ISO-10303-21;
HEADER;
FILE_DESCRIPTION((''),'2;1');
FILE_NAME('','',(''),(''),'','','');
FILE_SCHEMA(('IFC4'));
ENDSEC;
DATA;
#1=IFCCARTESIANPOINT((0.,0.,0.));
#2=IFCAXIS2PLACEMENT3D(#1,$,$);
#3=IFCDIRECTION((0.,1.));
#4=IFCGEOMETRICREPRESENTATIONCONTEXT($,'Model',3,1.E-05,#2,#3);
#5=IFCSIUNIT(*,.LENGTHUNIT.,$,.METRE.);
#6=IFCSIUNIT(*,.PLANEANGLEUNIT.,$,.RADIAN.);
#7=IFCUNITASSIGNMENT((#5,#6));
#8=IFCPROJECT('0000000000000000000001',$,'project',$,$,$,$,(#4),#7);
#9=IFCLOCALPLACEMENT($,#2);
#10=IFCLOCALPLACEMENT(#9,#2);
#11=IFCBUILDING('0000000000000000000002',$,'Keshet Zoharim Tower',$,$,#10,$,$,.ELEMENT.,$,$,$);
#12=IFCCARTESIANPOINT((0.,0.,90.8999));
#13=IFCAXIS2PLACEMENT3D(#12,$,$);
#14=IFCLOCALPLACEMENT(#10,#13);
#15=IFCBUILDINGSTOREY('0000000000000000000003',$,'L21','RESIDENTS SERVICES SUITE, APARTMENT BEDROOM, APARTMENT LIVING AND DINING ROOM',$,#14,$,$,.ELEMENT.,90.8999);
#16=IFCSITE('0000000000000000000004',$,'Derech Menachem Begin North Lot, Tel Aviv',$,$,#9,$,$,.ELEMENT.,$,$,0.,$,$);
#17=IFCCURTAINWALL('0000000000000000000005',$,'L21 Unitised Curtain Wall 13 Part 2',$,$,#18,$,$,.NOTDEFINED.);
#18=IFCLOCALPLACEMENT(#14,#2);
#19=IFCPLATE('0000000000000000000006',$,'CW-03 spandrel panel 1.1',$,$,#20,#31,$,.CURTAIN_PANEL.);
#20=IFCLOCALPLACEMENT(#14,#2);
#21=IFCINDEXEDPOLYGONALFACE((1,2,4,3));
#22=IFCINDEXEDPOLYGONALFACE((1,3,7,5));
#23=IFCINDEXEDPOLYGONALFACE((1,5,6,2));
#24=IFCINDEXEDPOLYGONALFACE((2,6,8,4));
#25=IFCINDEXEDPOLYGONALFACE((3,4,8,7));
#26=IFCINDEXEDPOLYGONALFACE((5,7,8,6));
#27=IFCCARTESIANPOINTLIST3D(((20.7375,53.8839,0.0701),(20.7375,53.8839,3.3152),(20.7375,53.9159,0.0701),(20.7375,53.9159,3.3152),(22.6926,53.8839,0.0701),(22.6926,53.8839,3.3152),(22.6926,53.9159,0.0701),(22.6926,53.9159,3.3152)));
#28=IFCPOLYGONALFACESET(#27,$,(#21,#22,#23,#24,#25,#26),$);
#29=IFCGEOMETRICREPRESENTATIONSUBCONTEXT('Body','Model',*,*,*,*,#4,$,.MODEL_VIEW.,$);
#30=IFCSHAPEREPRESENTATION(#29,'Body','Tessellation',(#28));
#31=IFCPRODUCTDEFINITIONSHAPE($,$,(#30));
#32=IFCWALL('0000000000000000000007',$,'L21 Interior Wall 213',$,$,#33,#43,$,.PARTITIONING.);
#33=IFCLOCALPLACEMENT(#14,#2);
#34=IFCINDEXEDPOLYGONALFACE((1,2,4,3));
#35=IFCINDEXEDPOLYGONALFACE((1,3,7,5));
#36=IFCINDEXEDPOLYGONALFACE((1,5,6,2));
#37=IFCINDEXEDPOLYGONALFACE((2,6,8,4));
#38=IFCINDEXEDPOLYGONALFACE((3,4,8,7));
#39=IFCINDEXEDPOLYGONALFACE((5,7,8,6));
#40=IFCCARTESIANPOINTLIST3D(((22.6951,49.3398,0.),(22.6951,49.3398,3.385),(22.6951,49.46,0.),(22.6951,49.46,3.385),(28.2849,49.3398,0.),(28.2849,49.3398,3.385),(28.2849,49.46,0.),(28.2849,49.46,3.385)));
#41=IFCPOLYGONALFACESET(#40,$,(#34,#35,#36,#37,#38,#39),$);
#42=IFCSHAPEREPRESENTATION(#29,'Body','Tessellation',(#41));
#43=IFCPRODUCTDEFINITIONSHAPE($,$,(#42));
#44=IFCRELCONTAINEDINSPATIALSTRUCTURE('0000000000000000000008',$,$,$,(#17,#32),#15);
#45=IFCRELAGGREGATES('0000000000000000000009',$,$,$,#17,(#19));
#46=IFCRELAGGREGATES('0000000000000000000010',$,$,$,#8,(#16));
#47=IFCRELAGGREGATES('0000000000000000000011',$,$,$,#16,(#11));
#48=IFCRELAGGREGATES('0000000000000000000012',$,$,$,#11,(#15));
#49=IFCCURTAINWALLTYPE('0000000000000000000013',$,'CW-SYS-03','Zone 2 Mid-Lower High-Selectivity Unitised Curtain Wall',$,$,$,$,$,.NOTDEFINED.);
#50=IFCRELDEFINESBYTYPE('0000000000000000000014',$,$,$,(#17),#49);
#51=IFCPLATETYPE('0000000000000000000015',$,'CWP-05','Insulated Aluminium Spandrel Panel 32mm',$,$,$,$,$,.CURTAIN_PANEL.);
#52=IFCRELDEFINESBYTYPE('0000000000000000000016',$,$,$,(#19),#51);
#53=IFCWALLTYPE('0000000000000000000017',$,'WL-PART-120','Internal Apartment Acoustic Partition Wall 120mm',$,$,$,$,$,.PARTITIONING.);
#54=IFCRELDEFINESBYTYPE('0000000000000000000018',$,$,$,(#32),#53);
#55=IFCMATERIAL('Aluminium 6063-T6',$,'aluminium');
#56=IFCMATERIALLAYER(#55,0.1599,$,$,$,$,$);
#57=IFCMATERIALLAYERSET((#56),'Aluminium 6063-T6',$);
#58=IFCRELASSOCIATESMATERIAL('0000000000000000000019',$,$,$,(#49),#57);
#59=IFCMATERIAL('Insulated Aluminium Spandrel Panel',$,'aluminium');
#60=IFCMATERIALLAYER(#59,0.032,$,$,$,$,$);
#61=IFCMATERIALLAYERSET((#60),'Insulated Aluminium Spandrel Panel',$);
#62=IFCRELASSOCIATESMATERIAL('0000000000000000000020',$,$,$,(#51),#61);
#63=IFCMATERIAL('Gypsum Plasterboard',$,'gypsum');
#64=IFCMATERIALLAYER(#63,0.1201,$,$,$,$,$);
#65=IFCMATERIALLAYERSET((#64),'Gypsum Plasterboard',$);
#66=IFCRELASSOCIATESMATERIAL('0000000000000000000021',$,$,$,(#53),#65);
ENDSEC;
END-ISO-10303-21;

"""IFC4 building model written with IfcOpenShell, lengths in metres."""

from ifc_helpers import new_model, si_unit, direction, frame, frame_2d, origin, origin_2d, place, context, subcontext, project, spatial, rectangle, extrude, material, layer, layer_set, type_object, element, aggregate, save


model = new_model("IFC4")

# Units and contexts
model_context = context("Model", 3, precision=1e-05, world=origin(), true_north=direction((0.0, 1.0)))
body_context = subcontext(model_context, "Body", "Model", "MODEL_VIEW")
ifc_project = project(units=[si_unit("LENGTHUNIT", "METRE"), si_unit("PLANEANGLEUNIT", "RADIAN")], contexts=[model_context])

# Site, building, storey
site_placement = place(None, origin())
site = spatial("IfcSite", under=ifc_project, at=site_placement, Name="Derech Menachem Begin North Lot, Tel Aviv", CompositionType="ELEMENT", RefElevation=0.0)
building_placement = place(site_placement, origin())
building = spatial("IfcBuilding", under=site, at=building_placement, Name="Keshet Zoharim Tower", CompositionType="ELEMENT")
storey_placement = place(building_placement, frame((0.0, 0.0, 90.8999)))
storey = spatial("IfcBuildingStorey", under=building, at=storey_placement, Name="L21", Description="RESIDENTS SERVICES SUITE, APARTMENT BEDROOM, APARTMENT LIVING AND DINING ROOM", CompositionType="ELEMENT", Elevation=90.8999)

# Shared definitions
ifc_material_1 = material(Name="Aluminium 6063-T6", Category="aluminium")
ifc_layer_1 = layer(ifc_material_1, 0.1599)
ifc_layer_set_1 = layer_set([ifc_layer_1], Name="Aluminium 6063-T6")
curtain_wall_type = type_object("IfcCurtainWallType", Name="CW-SYS-03", Description="Zone 2 Mid-Lower High-Selectivity Unitised Curtain Wall", PredefinedType="NOTDEFINED", material=ifc_layer_set_1)

# Curtain wall
curtain_wall_1_placement = place(storey_placement, origin())
curtain_wall_1 = element("IfcCurtainWall", 1, at=curtain_wall_1_placement, inside=storey, type_object=curtain_wall_type, Name="L21 Unitised Curtain Wall 13 Part 2", PredefinedType="NOTDEFINED")

# Plate
ifc_material_2 = material(Name="Insulated Aluminium Spandrel Panel", Category="aluminium")
ifc_layer_2 = layer(ifc_material_2, 0.032)
ifc_layer_set_2 = layer_set([ifc_layer_2], Name="Insulated Aluminium Spandrel Panel")
plate_type_1 = type_object("IfcPlateType", Name="CWP-05", Description="Insulated Aluminium Spandrel Panel 32mm", PredefinedType="CURTAIN_PANEL", material=ifc_layer_set_2)
plate_1_placement = place(storey_placement, frame((21.7151, 53.8999, 0.0701), z_axis=(0.0, 0.0, 1.0), x_axis=(1.0, 0.0, 0.0)))
plate_1 = element("IfcPlate", 2, at=plate_1_placement, type_object=plate_type_1, Name="CW-03 spandrel panel 1.1", PredefinedType="CURTAIN_PANEL", context=body_context, shape_type="SweptSolid", body=[
    extrude(rectangle(XDim=1.9551, YDim=0.032, at=origin_2d()), origin(), (0.0, 0.0, 1.0), 3.2451),
])
aggregate(curtain_wall_1, [plate_1])

# Wall
ifc_material_3 = material(Name="Gypsum Plasterboard", Category="gypsum")
ifc_layer_3 = layer(ifc_material_3, 0.1201)
ifc_layer_set_3 = layer_set([ifc_layer_3], Name="Gypsum Plasterboard")
wall_type = type_object("IfcWallType", Name="WL-PART-120", Description="Internal Apartment Acoustic Partition Wall 120mm", PredefinedType="PARTITIONING", material=ifc_layer_set_3)
wall_placement = place(storey_placement, frame((22.6951, 49.3999, 0.0), z_axis=(0.0, 0.0, 1.0), x_axis=(1.0, 0.0, 0.0)))
element("IfcWall", 3, at=wall_placement, inside=storey, type_object=wall_type, Name="L21 Interior Wall 213", PredefinedType="PARTITIONING", context=body_context, shape_type="SweptSolid", body=[
    extrude(rectangle(XDim=5.5898, YDim=0.1201, at=frame_2d((2.7949, 0.0))), origin(), (0.0, 0.0, 1.0), 3.385),
])

save(model, "model.ifc")
